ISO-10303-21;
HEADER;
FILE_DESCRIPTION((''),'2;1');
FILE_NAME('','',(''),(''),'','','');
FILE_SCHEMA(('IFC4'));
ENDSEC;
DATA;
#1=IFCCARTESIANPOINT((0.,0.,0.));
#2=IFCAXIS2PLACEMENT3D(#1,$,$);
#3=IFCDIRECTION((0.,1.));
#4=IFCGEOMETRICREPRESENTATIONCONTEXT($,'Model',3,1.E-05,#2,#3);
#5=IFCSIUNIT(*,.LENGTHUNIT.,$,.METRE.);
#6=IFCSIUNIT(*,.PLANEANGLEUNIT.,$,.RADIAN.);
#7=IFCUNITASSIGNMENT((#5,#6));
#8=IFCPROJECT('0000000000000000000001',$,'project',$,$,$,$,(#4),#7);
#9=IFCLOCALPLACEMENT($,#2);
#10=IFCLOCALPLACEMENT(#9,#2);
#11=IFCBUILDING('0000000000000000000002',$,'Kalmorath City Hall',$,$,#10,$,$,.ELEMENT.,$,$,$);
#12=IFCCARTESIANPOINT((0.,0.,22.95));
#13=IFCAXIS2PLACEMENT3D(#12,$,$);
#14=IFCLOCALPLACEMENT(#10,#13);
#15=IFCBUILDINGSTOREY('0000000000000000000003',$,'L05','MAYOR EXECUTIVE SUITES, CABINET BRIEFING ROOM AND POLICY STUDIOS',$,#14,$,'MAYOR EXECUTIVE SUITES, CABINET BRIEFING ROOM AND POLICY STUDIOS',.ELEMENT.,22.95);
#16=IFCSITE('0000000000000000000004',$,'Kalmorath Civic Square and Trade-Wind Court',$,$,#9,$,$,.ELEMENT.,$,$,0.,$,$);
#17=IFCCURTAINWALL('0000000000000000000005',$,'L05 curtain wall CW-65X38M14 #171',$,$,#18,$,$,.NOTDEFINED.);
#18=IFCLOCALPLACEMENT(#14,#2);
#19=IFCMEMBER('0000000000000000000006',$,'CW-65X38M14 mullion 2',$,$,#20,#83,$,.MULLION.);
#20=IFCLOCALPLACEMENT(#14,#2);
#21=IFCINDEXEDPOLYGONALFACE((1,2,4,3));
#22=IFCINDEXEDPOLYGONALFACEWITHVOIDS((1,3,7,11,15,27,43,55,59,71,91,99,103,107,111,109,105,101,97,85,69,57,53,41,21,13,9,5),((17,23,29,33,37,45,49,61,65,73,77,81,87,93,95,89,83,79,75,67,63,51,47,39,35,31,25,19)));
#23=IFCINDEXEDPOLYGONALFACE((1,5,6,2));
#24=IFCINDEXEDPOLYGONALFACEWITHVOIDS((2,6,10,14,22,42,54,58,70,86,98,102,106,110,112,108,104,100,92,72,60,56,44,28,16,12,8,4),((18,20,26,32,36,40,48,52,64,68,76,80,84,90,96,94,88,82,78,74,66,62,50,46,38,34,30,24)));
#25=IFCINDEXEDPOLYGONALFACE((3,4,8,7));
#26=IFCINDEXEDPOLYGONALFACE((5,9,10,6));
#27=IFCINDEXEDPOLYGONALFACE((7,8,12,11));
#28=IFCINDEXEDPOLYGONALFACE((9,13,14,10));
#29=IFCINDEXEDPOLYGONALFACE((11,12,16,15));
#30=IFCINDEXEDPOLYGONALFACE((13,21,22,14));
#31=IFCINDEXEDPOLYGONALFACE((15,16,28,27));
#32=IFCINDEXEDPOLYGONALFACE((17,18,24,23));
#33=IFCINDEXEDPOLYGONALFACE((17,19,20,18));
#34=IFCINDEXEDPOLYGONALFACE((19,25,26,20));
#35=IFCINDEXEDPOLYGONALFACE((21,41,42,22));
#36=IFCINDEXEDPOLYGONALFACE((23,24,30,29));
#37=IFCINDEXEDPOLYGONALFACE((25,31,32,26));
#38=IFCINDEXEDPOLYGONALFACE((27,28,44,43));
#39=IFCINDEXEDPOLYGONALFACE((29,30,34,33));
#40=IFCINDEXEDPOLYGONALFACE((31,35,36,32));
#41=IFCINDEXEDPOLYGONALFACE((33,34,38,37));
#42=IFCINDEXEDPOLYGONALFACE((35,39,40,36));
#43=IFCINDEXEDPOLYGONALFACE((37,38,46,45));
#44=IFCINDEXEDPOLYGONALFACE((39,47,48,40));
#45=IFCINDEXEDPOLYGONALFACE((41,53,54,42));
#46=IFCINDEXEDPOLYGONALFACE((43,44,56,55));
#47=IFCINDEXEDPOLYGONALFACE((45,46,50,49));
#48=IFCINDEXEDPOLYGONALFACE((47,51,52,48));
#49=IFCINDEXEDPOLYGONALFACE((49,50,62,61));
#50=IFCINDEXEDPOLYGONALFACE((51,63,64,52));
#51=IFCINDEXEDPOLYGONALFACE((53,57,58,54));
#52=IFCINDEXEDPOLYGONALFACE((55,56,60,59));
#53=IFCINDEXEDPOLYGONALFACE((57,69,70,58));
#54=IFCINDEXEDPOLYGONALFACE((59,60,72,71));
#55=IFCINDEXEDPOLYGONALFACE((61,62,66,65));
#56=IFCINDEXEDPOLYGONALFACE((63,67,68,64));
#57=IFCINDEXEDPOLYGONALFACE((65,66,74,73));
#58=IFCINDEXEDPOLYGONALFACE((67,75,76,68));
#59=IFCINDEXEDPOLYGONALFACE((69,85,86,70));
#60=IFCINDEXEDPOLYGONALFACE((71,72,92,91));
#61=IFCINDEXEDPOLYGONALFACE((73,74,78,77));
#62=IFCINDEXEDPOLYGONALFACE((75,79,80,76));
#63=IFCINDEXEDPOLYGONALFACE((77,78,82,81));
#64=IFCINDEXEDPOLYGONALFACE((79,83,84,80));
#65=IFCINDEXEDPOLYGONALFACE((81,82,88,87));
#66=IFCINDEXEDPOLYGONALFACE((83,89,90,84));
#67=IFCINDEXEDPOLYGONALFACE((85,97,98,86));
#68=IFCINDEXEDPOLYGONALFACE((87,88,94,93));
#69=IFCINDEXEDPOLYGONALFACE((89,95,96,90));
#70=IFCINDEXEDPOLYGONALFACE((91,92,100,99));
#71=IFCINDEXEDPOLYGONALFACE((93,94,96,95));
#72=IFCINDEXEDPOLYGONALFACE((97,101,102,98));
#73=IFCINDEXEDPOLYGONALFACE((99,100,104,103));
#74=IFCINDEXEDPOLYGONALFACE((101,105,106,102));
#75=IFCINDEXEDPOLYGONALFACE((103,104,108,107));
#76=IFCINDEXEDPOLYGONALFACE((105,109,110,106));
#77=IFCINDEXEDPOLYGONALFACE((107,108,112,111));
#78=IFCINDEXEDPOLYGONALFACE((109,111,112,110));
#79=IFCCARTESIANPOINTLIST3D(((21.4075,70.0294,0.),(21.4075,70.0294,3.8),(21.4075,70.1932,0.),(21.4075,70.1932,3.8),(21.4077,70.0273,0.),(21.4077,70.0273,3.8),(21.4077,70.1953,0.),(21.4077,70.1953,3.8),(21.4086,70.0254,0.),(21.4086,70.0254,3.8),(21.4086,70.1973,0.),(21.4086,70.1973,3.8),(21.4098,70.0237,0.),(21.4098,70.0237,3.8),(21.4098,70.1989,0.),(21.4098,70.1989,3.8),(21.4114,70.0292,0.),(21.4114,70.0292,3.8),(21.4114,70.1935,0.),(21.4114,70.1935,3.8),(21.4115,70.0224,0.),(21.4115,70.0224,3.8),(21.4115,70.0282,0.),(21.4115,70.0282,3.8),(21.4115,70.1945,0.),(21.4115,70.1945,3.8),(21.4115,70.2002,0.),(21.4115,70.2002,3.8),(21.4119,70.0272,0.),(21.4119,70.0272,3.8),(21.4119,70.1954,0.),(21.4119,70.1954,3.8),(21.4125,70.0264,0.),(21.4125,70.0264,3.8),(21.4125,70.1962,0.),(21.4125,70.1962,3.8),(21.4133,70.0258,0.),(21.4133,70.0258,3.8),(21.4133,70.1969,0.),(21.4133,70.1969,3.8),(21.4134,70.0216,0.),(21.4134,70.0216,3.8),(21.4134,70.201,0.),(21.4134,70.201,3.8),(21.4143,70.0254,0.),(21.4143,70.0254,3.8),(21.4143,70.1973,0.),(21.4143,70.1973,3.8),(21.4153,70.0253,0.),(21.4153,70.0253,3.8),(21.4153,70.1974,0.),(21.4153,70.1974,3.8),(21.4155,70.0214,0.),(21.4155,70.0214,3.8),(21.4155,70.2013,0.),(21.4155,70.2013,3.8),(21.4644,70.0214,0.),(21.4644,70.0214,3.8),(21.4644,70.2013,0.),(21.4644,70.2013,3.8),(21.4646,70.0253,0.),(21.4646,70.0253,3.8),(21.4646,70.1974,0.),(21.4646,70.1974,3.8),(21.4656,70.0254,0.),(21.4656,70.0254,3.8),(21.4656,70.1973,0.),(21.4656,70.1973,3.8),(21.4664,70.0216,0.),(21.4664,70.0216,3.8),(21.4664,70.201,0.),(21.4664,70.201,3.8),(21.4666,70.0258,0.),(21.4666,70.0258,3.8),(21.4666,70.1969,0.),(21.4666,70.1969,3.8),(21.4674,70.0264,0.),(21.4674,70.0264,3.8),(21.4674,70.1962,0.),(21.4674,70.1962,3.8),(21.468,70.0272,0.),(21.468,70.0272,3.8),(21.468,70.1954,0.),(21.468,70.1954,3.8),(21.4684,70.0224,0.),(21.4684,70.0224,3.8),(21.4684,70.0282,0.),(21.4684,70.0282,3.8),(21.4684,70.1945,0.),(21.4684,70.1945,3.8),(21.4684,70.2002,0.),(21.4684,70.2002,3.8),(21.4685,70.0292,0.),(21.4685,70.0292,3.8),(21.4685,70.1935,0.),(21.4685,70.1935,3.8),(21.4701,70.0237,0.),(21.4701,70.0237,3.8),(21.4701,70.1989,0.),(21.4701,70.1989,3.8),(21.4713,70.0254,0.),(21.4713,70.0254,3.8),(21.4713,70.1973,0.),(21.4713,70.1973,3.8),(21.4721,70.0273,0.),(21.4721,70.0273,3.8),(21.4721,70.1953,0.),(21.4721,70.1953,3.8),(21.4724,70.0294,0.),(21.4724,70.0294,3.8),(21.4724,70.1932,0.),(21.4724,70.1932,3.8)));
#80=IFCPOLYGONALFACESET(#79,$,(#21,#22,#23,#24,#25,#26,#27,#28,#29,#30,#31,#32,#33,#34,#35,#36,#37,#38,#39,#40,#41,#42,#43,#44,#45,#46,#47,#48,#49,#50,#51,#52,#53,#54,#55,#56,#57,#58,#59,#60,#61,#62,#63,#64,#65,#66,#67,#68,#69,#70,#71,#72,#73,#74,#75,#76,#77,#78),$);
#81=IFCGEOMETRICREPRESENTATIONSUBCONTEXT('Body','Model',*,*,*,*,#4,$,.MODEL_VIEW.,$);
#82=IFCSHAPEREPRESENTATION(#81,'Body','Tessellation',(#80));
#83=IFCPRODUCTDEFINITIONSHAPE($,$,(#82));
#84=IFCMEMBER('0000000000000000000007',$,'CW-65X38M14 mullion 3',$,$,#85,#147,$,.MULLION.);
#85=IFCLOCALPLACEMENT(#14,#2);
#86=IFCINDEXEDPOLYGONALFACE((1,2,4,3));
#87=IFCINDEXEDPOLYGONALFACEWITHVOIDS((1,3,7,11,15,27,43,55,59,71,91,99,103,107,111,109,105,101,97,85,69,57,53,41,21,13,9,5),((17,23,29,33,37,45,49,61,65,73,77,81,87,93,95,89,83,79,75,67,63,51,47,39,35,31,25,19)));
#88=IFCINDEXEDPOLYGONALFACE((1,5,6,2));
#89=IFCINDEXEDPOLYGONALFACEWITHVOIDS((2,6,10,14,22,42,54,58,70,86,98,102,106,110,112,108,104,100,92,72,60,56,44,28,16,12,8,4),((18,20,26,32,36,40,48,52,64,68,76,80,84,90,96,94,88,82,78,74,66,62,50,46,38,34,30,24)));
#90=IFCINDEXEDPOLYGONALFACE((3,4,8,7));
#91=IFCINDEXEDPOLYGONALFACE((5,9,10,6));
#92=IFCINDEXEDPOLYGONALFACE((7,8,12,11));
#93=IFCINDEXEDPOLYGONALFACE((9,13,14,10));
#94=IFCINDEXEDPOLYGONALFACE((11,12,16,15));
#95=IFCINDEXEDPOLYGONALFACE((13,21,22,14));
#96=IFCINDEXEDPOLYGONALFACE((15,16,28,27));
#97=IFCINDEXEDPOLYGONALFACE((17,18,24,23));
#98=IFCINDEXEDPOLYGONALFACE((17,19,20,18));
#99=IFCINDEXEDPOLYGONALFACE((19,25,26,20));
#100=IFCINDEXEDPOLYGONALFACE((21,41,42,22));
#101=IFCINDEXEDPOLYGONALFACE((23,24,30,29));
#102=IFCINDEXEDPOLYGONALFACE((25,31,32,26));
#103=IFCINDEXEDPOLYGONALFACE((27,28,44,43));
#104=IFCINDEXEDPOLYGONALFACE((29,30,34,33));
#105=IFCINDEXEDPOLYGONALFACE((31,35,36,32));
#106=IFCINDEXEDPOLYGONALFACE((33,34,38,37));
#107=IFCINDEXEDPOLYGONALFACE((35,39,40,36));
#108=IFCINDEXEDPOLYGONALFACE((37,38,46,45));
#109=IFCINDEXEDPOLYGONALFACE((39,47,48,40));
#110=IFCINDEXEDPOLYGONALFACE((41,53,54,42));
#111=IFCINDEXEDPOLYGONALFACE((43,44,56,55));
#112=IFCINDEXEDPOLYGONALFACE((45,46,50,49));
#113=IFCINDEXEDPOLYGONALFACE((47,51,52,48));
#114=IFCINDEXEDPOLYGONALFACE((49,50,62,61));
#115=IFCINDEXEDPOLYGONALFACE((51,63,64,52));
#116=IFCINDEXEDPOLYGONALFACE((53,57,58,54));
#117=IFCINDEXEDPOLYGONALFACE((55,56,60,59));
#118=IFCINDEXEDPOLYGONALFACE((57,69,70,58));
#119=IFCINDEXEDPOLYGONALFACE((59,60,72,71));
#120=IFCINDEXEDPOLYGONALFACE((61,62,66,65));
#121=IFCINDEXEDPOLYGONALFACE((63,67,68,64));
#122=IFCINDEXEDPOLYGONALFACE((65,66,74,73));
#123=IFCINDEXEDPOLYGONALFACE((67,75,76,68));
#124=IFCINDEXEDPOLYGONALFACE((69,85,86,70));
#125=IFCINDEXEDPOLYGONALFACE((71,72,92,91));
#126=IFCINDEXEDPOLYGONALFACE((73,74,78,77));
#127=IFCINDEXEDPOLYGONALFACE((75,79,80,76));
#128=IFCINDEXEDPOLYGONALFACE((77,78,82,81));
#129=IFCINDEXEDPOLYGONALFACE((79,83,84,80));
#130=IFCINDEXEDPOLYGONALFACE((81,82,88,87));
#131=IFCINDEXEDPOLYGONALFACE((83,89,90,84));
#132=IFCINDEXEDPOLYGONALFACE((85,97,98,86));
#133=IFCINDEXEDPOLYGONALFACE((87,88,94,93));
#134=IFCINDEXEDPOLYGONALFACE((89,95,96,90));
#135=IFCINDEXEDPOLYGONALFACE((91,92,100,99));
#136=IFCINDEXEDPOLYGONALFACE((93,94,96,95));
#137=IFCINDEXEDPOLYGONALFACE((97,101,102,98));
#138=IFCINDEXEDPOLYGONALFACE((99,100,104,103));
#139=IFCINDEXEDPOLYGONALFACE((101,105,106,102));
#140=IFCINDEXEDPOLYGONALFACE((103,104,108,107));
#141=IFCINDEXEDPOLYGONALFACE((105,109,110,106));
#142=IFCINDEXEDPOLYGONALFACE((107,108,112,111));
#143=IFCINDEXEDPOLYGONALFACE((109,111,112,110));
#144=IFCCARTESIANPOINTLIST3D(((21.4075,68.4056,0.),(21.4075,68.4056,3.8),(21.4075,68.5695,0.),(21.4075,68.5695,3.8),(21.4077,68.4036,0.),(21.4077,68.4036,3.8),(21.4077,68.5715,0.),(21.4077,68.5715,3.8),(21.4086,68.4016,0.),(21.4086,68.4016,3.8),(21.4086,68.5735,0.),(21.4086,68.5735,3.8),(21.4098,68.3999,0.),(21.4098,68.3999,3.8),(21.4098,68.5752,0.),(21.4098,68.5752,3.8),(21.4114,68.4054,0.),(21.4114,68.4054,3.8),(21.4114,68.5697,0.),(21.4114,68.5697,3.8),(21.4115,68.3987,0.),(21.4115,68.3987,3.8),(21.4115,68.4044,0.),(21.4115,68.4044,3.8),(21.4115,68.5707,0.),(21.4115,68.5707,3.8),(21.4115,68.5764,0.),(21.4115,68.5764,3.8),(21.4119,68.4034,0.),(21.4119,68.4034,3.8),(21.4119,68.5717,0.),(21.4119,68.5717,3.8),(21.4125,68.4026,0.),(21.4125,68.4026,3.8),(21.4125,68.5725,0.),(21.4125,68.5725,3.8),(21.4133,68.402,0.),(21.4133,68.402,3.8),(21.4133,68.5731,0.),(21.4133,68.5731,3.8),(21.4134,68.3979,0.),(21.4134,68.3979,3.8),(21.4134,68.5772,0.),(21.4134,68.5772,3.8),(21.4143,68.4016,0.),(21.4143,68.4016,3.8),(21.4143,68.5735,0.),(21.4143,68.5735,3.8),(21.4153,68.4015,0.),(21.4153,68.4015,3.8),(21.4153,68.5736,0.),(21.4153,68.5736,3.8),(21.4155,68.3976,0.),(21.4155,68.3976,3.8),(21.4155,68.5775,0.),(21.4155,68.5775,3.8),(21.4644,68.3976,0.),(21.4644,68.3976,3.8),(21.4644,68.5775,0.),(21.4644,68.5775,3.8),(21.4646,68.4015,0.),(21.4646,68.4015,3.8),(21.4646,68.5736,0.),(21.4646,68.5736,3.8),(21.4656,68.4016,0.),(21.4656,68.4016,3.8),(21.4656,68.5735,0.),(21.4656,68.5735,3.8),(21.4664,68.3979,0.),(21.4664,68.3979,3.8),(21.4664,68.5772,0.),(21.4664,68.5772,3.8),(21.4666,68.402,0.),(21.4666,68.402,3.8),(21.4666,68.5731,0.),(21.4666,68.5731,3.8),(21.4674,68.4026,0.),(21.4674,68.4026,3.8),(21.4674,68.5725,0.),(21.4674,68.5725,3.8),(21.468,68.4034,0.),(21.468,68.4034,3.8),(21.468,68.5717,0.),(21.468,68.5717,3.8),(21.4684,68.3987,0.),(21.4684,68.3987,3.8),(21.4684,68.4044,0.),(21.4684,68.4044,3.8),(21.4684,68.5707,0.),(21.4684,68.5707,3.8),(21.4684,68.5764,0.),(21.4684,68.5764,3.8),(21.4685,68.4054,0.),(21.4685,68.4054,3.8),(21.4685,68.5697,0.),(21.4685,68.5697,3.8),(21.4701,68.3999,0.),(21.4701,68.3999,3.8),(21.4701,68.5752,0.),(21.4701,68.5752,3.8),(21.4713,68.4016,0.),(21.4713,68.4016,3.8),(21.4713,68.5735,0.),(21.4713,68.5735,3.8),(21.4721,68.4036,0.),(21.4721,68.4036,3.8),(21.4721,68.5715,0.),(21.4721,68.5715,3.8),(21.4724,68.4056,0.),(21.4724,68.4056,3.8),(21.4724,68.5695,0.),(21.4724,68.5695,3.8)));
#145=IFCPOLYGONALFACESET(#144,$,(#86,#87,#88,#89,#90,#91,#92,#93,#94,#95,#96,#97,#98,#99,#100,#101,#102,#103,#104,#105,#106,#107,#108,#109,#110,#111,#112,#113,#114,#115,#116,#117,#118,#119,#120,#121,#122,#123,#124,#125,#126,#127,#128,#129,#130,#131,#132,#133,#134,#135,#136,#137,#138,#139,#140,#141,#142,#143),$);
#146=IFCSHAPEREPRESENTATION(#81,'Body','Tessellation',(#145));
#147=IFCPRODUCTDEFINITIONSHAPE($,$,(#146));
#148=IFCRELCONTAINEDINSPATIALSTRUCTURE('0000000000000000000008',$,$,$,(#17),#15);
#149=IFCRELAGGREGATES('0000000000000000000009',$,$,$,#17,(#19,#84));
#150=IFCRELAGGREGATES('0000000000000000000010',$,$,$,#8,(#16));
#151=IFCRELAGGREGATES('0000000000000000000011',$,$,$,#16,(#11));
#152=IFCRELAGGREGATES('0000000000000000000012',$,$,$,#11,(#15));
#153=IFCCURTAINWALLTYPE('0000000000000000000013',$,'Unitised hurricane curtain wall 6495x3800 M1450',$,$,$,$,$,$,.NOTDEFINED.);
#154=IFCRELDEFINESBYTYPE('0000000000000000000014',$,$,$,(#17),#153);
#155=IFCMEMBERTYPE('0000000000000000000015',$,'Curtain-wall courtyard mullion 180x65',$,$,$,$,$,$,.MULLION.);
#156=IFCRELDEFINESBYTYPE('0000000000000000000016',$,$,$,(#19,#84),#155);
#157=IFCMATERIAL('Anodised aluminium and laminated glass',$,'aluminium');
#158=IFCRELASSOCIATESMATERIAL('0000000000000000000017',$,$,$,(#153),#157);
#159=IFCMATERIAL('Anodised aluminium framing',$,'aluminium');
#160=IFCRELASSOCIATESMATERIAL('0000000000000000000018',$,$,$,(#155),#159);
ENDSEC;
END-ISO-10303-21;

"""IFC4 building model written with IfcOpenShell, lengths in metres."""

from ifc_helpers import new_model, si_unit, direction, frame, origin, origin_2d, place, context, subcontext, project, spatial, hollow_rectangle, extrude, material, material_profile, profile_set, type_object, element, aggregate, save


model = new_model("IFC4")

# Units and contexts
model_context = context("Model", 3, precision=1e-05, world=origin(), true_north=direction((0.0, 1.0)))
body_context = subcontext(model_context, "Body", "Model", "MODEL_VIEW")
ifc_project = project(units=[si_unit("LENGTHUNIT", "METRE"), si_unit("PLANEANGLEUNIT", "RADIAN")], contexts=[model_context])

# Site, building, storey
site_placement = place(None, origin())
site = spatial("IfcSite", under=ifc_project, at=site_placement, Name="Kalmorath Civic Square and Trade-Wind Court", CompositionType="ELEMENT", RefElevation=0.0)
building_placement = place(site_placement, origin())
building = spatial("IfcBuilding", under=site, at=building_placement, Name="Kalmorath City Hall", CompositionType="ELEMENT")
storey_placement = place(building_placement, frame((0.0, 0.0, 22.95)))
storey = spatial("IfcBuildingStorey", under=building, at=storey_placement, Name="L05", Description="MAYOR EXECUTIVE SUITES, CABINET BRIEFING ROOM AND POLICY STUDIOS", LongName="MAYOR EXECUTIVE SUITES, CABINET BRIEFING ROOM AND POLICY STUDIOS", CompositionType="ELEMENT", Elevation=22.95)

# Curtain wall, members
ifc_material_1 = material(Name="Anodised aluminium and laminated glass", Category="aluminium")
curtain_wall_type = type_object("IfcCurtainWallType", Name="Unitised hurricane curtain wall 6495x3800 M1450", PredefinedType="NOTDEFINED", material=ifc_material_1)
curtain_wall_placement = place(storey_placement, origin())
curtain_wall = element("IfcCurtainWall", 1, at=curtain_wall_placement, inside=storey, type_object=curtain_wall_type, Name="L05 curtain wall CW-65X38M14 #171", PredefinedType="NOTDEFINED")
ifc_material_2 = material(Name="Anodised aluminium framing", Category="aluminium")
ifc_material_profile_1 = material_profile(ifc_material_2, hollow_rectangle(XDim=0.0649, YDim=0.1799, WallThickness=0.0039, InnerFilletRadius=0.0039, OuterFilletRadius=0.0081, at=origin_2d()), Name="ALU-MUL-180X65X4")
ifc_profile_set_1 = profile_set([ifc_material_profile_1], Name="Anodised aluminium framing")
member_type_1 = type_object("IfcMemberType", Name="Curtain-wall courtyard mullion 180x65", PredefinedType="MULLION", material=ifc_profile_set_1)
member_1_placement = place(storey_placement, frame((21.4399, 70.1113, 0.0), z_axis=(0.0, 0.0, 1.0), x_axis=(1.0, 0.0, 0.0)))
member_1 = element("IfcMember", 2, at=member_1_placement, type_object=member_type_1, Name="CW-65X38M14 mullion 2", PredefinedType="MULLION", context=body_context, shape_type="SweptSolid", body=[
    extrude(hollow_rectangle(XDim=0.0649, YDim=0.1799, WallThickness=0.0039, InnerFilletRadius=0.0039, OuterFilletRadius=0.0081, at=origin_2d()), origin(), (0.0, 0.0, 1.0), 3.8),
])
member_2_placement = place(storey_placement, frame((21.4399, 68.4875, 0.0), z_axis=(0.0, 0.0, 1.0), x_axis=(1.0, 0.0, 0.0)))
member_2 = element("IfcMember", 3, at=member_2_placement, type_object=member_type_1, Name="CW-65X38M14 mullion 3", PredefinedType="MULLION", context=body_context, shape_type="SweptSolid", body=[
    extrude(hollow_rectangle(XDim=0.0649, YDim=0.1799, WallThickness=0.0039, InnerFilletRadius=0.0039, OuterFilletRadius=0.0081, at=origin_2d()), origin(), (0.0, 0.0, 1.0), 3.8),
])
aggregate(curtain_wall, [member_1, member_2])

save(model, "model.ifc")
